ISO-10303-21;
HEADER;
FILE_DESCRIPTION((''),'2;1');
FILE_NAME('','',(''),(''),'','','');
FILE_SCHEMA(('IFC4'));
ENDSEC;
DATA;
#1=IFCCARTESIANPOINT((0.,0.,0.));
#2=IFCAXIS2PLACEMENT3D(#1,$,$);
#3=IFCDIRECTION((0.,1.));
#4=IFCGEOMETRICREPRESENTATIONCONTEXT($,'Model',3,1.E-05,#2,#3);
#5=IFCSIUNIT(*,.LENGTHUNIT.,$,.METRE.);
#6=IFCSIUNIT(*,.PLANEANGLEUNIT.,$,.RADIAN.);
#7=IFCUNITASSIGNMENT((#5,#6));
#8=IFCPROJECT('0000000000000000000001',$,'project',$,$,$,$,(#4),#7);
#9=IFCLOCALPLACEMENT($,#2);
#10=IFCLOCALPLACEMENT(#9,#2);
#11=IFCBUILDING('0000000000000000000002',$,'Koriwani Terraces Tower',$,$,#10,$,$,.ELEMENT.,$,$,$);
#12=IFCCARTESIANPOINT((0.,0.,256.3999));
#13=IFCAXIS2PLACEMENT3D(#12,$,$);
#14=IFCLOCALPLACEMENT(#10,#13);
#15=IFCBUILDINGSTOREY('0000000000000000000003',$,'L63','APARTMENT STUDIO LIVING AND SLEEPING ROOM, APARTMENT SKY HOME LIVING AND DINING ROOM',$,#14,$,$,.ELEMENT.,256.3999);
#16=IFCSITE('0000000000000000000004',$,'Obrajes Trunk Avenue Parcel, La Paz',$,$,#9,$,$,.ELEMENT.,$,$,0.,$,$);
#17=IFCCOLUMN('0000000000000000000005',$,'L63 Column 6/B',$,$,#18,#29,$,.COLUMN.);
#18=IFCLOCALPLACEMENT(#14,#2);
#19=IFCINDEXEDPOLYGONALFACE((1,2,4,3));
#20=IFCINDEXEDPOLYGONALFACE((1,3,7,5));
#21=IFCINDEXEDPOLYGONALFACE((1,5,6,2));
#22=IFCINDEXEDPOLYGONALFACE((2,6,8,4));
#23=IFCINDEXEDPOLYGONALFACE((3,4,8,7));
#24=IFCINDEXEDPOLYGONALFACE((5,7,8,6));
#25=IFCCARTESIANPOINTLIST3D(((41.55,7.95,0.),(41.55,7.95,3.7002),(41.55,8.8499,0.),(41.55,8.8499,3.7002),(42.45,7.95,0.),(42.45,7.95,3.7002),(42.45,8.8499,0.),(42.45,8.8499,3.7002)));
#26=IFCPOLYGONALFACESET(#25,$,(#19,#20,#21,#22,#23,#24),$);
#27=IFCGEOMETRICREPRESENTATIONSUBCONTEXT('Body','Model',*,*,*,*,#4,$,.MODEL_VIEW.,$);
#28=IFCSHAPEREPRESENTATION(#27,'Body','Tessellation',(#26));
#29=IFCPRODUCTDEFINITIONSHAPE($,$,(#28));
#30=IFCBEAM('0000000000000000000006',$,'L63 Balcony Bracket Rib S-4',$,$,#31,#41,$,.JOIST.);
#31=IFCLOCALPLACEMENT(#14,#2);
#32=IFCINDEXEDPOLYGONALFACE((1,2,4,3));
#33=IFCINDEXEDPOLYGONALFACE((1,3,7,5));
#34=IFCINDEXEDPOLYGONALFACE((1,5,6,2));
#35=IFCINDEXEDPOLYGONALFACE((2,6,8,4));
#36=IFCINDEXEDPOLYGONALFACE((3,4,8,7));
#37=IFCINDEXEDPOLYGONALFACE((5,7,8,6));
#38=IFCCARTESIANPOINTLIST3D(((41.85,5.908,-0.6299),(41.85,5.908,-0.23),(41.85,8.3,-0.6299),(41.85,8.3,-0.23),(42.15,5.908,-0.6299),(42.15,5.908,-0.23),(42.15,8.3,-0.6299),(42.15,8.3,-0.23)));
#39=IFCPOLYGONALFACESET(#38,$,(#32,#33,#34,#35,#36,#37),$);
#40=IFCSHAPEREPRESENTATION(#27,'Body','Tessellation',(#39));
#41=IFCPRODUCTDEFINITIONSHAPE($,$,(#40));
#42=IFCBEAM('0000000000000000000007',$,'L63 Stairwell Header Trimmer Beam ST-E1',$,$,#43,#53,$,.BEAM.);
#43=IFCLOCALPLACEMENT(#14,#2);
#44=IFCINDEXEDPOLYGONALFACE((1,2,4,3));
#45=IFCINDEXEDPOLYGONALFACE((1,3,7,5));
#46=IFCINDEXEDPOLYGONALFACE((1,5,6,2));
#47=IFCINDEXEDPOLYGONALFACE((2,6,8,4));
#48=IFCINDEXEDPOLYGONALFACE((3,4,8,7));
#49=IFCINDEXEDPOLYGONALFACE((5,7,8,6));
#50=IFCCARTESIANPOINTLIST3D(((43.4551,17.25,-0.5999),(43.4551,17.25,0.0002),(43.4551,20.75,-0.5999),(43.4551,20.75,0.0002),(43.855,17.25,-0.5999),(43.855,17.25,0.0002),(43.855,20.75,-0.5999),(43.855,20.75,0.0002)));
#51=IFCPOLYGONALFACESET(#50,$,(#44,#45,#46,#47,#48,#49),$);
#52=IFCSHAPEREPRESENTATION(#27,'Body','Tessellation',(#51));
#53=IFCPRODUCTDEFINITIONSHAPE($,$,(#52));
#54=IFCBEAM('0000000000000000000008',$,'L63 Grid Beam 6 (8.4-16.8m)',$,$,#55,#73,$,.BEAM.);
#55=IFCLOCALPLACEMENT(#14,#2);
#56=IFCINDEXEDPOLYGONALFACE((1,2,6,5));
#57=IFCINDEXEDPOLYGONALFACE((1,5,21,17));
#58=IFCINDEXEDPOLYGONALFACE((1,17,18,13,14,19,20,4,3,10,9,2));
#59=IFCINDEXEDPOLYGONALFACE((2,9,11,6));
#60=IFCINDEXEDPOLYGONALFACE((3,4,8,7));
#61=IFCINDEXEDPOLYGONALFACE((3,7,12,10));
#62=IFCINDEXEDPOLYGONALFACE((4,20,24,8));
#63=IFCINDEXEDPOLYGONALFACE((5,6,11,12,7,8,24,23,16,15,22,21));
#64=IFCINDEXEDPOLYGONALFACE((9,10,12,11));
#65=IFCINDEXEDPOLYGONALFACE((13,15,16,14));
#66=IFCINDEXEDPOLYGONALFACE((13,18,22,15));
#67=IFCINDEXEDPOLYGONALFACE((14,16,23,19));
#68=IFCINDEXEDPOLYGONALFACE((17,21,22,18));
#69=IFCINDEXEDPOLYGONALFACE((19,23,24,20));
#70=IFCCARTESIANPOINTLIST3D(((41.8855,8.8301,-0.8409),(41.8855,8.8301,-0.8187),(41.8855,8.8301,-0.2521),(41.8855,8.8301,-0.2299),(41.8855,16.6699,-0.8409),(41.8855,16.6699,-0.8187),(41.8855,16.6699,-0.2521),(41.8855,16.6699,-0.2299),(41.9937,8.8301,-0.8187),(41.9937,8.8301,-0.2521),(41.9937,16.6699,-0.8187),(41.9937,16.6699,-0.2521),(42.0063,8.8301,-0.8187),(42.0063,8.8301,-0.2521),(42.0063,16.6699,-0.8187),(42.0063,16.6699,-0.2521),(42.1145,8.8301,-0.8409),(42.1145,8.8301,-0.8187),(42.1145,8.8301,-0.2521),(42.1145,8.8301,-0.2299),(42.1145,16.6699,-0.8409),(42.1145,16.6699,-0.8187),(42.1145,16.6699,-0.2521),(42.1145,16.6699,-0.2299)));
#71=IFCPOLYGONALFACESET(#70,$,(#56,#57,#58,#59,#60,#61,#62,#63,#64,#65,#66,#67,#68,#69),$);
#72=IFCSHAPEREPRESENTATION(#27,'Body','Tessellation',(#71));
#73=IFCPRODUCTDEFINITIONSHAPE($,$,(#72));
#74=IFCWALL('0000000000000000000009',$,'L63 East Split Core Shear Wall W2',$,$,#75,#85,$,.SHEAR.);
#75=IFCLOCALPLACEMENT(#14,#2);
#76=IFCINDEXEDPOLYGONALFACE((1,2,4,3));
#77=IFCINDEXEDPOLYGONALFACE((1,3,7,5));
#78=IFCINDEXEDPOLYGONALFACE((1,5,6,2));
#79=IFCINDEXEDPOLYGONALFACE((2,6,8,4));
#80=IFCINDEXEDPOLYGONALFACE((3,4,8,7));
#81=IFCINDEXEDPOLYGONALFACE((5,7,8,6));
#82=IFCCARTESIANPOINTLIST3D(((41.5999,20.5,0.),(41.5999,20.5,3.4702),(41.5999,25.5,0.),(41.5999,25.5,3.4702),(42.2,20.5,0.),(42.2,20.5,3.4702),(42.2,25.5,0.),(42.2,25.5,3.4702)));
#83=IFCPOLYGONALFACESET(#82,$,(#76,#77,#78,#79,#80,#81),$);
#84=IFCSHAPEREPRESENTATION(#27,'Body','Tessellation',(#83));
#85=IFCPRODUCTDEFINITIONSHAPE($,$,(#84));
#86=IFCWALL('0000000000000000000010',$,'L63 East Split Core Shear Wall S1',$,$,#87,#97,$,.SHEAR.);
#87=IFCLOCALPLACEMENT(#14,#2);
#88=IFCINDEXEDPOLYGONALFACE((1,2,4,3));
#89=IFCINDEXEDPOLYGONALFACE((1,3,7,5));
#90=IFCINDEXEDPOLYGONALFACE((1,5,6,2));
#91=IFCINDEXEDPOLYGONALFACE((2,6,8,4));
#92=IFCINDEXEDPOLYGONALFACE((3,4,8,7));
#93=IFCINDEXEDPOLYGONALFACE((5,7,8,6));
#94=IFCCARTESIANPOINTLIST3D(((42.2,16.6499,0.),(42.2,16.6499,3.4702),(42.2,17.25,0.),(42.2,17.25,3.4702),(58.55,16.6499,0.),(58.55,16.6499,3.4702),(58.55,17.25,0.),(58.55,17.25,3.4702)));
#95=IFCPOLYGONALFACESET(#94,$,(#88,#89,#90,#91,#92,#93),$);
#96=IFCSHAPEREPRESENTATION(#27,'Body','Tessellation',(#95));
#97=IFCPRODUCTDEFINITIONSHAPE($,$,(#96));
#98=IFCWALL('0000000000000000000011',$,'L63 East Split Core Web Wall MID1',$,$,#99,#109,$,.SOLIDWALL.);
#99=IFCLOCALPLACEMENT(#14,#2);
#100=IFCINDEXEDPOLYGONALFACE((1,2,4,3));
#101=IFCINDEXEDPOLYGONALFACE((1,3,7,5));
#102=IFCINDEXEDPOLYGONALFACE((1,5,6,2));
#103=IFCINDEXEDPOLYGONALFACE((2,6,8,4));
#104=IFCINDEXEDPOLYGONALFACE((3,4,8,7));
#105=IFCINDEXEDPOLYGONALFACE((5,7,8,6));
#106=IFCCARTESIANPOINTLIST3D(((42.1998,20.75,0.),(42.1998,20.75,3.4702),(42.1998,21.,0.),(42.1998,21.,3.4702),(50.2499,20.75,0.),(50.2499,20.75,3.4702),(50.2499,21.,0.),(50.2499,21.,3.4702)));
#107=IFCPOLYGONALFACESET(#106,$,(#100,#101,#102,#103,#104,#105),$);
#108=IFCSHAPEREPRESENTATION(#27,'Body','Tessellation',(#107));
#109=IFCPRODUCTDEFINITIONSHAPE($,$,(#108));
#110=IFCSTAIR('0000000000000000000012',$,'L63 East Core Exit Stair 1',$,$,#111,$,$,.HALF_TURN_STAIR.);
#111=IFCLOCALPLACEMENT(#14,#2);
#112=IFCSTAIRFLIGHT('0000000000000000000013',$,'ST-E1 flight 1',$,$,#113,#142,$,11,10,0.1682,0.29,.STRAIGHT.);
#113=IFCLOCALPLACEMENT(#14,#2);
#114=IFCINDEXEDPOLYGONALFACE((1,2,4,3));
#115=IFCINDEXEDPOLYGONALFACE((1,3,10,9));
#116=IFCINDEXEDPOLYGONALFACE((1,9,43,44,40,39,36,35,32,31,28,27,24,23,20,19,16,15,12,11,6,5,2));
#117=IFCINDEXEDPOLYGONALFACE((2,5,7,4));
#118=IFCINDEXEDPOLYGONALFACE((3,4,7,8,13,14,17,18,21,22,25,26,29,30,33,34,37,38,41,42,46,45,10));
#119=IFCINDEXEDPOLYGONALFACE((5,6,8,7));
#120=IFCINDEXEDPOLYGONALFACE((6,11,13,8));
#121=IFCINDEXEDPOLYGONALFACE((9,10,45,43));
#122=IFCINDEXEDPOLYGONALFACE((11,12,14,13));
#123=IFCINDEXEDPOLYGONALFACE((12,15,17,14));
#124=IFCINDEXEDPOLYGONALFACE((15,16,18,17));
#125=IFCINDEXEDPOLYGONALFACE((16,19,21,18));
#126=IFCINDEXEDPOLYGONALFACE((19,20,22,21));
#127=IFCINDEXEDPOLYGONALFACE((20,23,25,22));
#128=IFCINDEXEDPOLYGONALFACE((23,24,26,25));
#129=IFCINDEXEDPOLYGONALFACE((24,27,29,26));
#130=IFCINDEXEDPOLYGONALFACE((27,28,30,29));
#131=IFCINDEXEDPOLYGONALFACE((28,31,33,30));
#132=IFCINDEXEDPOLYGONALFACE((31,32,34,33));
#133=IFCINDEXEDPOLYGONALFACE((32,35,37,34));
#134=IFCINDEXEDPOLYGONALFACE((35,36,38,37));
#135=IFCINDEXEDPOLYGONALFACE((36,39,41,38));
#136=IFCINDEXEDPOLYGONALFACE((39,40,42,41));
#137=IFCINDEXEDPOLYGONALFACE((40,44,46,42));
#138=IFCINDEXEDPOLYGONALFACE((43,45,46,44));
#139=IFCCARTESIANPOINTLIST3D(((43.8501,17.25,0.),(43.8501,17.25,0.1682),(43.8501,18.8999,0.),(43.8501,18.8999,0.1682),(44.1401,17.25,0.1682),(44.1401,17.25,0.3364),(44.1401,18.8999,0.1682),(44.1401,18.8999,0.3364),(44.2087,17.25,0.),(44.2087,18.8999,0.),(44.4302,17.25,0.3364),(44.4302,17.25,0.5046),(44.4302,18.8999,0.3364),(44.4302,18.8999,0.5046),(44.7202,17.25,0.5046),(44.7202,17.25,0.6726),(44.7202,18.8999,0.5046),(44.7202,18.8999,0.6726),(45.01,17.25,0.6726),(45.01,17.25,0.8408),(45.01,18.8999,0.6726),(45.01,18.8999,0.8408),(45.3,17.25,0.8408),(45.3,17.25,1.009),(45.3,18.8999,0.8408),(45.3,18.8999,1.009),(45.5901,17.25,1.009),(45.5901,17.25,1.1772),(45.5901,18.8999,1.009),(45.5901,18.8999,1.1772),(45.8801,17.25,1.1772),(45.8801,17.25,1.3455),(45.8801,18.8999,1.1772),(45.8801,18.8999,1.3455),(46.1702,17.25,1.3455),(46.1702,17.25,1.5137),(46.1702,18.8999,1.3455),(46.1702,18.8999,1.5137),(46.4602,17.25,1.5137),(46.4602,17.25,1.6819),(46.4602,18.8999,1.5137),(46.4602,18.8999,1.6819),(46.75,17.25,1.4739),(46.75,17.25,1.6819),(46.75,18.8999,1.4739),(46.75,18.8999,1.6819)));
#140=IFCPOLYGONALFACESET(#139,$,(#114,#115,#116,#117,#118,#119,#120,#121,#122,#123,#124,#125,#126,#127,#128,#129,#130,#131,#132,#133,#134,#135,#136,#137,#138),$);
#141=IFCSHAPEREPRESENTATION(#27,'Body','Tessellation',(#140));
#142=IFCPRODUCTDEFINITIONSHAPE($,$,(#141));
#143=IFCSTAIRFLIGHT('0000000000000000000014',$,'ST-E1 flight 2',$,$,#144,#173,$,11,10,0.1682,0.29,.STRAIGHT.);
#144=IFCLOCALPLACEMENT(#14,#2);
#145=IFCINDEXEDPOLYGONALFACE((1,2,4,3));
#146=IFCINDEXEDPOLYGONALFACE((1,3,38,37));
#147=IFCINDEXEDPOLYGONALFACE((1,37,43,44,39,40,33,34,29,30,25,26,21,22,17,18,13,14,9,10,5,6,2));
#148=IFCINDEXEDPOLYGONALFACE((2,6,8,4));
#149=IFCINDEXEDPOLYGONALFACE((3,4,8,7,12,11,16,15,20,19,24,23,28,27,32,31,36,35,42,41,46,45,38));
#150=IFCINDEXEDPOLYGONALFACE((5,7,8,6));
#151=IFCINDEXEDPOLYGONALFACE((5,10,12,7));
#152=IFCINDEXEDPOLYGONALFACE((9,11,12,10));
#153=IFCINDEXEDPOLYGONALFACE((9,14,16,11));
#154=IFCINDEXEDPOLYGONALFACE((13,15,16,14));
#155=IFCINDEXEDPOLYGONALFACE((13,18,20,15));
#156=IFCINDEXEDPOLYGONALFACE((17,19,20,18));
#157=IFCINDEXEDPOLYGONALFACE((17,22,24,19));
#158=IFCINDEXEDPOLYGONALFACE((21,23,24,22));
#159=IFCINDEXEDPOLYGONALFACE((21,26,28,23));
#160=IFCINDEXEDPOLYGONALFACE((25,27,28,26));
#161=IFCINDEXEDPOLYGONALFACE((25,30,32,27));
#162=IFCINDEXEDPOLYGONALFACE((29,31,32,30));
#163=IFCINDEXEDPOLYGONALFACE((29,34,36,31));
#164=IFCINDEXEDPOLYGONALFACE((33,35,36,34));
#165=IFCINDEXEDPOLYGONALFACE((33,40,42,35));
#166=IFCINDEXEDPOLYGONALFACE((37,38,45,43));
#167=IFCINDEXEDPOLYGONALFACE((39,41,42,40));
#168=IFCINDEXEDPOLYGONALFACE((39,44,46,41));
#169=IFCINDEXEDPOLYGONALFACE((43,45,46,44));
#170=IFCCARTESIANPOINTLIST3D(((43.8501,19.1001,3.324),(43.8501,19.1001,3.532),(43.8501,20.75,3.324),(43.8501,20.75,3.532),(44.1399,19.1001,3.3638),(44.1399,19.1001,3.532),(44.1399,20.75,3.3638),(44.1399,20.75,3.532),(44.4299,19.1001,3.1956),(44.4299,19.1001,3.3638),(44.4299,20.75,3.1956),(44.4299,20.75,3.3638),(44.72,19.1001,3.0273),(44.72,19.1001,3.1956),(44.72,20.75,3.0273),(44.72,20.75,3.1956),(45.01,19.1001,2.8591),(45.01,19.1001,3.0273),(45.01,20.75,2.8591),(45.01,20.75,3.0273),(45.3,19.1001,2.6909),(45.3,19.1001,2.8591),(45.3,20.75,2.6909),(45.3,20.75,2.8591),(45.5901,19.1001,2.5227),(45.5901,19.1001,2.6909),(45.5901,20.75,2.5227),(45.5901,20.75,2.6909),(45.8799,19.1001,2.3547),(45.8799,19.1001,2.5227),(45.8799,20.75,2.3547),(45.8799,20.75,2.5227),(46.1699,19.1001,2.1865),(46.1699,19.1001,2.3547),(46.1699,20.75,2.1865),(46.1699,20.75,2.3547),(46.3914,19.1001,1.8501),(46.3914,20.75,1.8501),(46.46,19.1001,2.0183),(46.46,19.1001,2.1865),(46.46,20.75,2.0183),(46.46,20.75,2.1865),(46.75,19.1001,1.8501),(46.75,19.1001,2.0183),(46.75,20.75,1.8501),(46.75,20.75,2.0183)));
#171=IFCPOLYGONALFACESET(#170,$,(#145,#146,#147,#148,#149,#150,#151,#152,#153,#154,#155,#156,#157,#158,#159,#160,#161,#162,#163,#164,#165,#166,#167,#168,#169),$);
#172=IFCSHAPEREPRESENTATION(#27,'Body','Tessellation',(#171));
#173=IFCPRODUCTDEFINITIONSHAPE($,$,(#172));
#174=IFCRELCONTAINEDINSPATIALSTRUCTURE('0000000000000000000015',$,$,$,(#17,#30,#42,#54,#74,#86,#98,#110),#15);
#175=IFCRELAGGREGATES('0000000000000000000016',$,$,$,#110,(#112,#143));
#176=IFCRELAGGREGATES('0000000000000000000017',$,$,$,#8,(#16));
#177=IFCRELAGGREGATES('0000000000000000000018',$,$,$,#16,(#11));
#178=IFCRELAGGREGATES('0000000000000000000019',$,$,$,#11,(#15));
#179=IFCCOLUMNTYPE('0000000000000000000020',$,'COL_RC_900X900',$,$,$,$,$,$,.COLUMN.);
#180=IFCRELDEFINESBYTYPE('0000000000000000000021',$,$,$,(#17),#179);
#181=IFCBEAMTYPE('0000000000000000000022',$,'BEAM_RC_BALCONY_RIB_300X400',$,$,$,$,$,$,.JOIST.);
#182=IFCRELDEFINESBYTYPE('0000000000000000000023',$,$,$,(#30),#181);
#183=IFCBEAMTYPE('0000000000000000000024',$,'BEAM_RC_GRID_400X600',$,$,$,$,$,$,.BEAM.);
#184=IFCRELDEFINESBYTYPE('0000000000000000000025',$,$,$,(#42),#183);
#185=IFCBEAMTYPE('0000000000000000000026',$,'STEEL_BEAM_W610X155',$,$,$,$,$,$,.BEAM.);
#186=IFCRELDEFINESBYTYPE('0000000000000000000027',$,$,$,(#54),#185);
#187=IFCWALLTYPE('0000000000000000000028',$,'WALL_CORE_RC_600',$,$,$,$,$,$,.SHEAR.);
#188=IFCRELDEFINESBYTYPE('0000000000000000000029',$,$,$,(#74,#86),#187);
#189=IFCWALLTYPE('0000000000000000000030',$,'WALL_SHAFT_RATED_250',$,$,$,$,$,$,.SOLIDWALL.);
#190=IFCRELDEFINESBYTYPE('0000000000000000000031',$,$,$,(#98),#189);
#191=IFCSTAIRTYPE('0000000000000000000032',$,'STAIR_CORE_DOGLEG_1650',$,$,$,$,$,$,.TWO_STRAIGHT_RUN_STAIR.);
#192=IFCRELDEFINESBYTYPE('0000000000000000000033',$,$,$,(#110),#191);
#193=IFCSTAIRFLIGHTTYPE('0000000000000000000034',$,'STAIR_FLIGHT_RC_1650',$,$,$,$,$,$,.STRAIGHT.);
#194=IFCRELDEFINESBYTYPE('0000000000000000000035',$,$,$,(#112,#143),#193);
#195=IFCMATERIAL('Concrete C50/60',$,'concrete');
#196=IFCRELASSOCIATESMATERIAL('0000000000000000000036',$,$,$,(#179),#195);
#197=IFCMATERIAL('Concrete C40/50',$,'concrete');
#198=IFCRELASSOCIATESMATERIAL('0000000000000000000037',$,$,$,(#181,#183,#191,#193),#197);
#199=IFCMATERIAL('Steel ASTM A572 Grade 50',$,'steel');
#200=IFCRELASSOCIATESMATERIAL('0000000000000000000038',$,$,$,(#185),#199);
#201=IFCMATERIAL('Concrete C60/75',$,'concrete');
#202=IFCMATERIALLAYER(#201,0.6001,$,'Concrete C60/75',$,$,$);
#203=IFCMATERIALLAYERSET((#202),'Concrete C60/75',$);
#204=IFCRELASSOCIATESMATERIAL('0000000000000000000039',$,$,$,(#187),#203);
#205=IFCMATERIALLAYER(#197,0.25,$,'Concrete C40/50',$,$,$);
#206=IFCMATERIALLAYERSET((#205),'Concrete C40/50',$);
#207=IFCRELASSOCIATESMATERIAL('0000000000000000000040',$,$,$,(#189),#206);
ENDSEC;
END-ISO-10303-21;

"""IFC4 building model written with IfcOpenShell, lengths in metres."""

from ifc_helpers import new_model, si_unit, direction, frame, frame_2d, origin, origin_2d, place, context, subcontext, project, spatial, polyline, rectangle, i_section, outline, extrude, material, layer, layer_set, material_profile, profile_set, type_object, element, aggregate, save


model = new_model("IFC4")

# Units and contexts
model_context = context("Model", 3, precision=1e-05, world=origin(), true_north=direction((0.0, 1.0)))
body_context = subcontext(model_context, "Body", "Model", "MODEL_VIEW")
ifc_project = project(units=[si_unit("LENGTHUNIT", "METRE"), si_unit("PLANEANGLEUNIT", "RADIAN")], contexts=[model_context])

# Site, building, storey
site_placement = place(None, origin())
site = spatial("IfcSite", under=ifc_project, at=site_placement, Name="Obrajes Trunk Avenue Parcel, La Paz", CompositionType="ELEMENT", RefElevation=0.0)
building_placement = place(site_placement, origin())
building = spatial("IfcBuilding", under=site, at=building_placement, Name="Koriwani Terraces Tower", CompositionType="ELEMENT")
storey_placement = place(building_placement, frame((0.0, 0.0, 256.3999)))
storey = spatial("IfcBuildingStorey", under=building, at=storey_placement, Name="L63", Description="APARTMENT STUDIO LIVING AND SLEEPING ROOM, APARTMENT SKY HOME LIVING AND DINING ROOM", CompositionType="ELEMENT", Elevation=256.3999)

# Column
ifc_material_1 = material(Name="Concrete C50/60", Category="concrete")
ifc_material_profile_1 = material_profile(ifc_material_1, rectangle(XDim=0.8999, YDim=0.8999, at=origin_2d()), Name="Concrete C50/60", Category="LoadBearing")
ifc_profile_set_1 = profile_set([ifc_material_profile_1], Name="Concrete C50/60")
column_type = type_object("IfcColumnType", Name="COL_RC_900X900", PredefinedType="COLUMN", material=ifc_profile_set_1)
column_placement = place(storey_placement, frame((42.0, 8.3999, 0.0), z_axis=(0.0, 0.0, 1.0), x_axis=(1.0, 0.0, 0.0)))
element("IfcColumn", 1, at=column_placement, inside=storey, type_object=column_type, Name="L63 Column 6/B", PredefinedType="COLUMN", context=body_context, shape_type="SweptSolid", body=[
    extrude(rectangle(XDim=0.8999, YDim=0.8999, at=origin_2d()), origin(), (0.0, 0.0, 1.0), 3.7002),
])

# Beams
ifc_material_2 = material(Name="Concrete C40/50", Category="concrete")
ifc_material_profile_2 = material_profile(ifc_material_2, rectangle(XDim=0.3, YDim=0.3999, at=origin_2d()), Name="Concrete C40/50", Category="LoadBearing")
ifc_profile_set_2 = profile_set([ifc_material_profile_2], Name="Concrete C40/50")
beam_type_1 = type_object("IfcBeamType", Name="BEAM_RC_BALCONY_RIB_300X400", PredefinedType="JOIST", material=ifc_profile_set_2)
beam_1_placement = place(storey_placement, frame((42.0, 5.908, -0.4299), z_axis=(0.0, 1.0, 0.0), x_axis=(-1.0, 0.0, 0.0)))
element("IfcBeam", 2, at=beam_1_placement, inside=storey, type_object=beam_type_1, Name="L63 Balcony Bracket Rib S-4", PredefinedType="JOIST", context=body_context, shape_type="SweptSolid", body=[
    extrude(rectangle(XDim=0.3, YDim=0.3999, at=origin_2d()), origin(), (0.0, 0.0, 1.0), 2.3921),
])
ifc_material_profile_3 = material_profile(ifc_material_2, rectangle(XDim=0.3999, YDim=0.6001, at=origin_2d()), Name="Concrete C40/50", Category="LoadBearing")
ifc_profile_set_3 = profile_set([ifc_material_profile_3], Name="Concrete C40/50")
beam_type_2 = type_object("IfcBeamType", Name="BEAM_RC_GRID_400X600", PredefinedType="BEAM", material=ifc_profile_set_3)
beam_2_placement = place(storey_placement, frame((43.655, 17.25, -0.2998), z_axis=(0.0, 1.0, 0.0), x_axis=(-1.0, 0.0, 0.0)))
element("IfcBeam", 3, at=beam_2_placement, inside=storey, type_object=beam_type_2, Name="L63 Stairwell Header Trimmer Beam ST-E1", PredefinedType="BEAM", context=body_context, shape_type="SweptSolid", body=[
    extrude(rectangle(XDim=0.3999, YDim=0.6001, at=origin_2d()), origin(), (0.0, 0.0, 1.0), 3.5),
])
ifc_material_3 = material(Name="Steel ASTM A572 Grade 50", Category="steel")
ifc_material_profile_4 = material_profile(ifc_material_3, i_section(OverallWidth=0.229, OverallDepth=0.6111, WebThickness=0.0127, FlangeThickness=0.0222, at=origin_2d()), Name="Steel ASTM A572 Grade 50", Category="LoadBearing")
ifc_profile_set_4 = profile_set([ifc_material_profile_4], Name="Steel ASTM A572 Grade 50")
beam_type_3 = type_object("IfcBeamType", Name="STEEL_BEAM_W610X155", PredefinedType="BEAM", material=ifc_profile_set_4)
beam_3_placement = place(storey_placement, frame((42.0, 8.8301, -0.5354), z_axis=(0.0, 1.0, 0.0), x_axis=(-1.0, 0.0, 0.0)))
element("IfcBeam", 4, at=beam_3_placement, inside=storey, type_object=beam_type_3, Name="L63 Grid Beam 6 (8.4-16.8m)", PredefinedType="BEAM", context=body_context, shape_type="SweptSolid", body=[
    extrude(i_section(OverallWidth=0.229, OverallDepth=0.6111, WebThickness=0.0127, FlangeThickness=0.0222, at=origin_2d()), origin(), (0.0, 0.0, 1.0), 7.8398),
])

# Walls
ifc_material_4 = material(Name="Concrete C60/75", Category="concrete")
ifc_layer_1 = layer(ifc_material_4, 0.6001, Name="Concrete C60/75")
ifc_layer_set_1 = layer_set([ifc_layer_1], Name="Concrete C60/75")
wall_type_1 = type_object("IfcWallType", Name="WALL_CORE_RC_600", PredefinedType="SHEAR", material=ifc_layer_set_1)
wall_1_placement = place(storey_placement, frame((41.8999, 20.5, 0.0), z_axis=(0.0, 0.0, 1.0), x_axis=(0.0, 1.0, 0.0)))
element("IfcWall", 5, at=wall_1_placement, inside=storey, type_object=wall_type_1, Name="L63 East Split Core Shear Wall W2", PredefinedType="SHEAR", context=body_context, shape_type="SweptSolid", body=[
    extrude(rectangle(XDim=5.0, YDim=0.6001, at=frame_2d((2.5, 0.0))), origin(), (0.0, 0.0, 1.0), 3.4702),
])
wall_2_placement = place(storey_placement, frame((42.2, 16.95, 0.0), z_axis=(0.0, 0.0, 1.0), x_axis=(1.0, 0.0, 0.0)))
element("IfcWall", 6, at=wall_2_placement, inside=storey, type_object=wall_type_1, Name="L63 East Split Core Shear Wall S1", PredefinedType="SHEAR", context=body_context, shape_type="SweptSolid", body=[
    extrude(rectangle(XDim=16.3501, YDim=0.6001, at=frame_2d((8.175, 0.0))), origin(), (0.0, 0.0, 1.0), 3.4702),
])
ifc_layer_2 = layer(ifc_material_2, 0.25, Name="Concrete C40/50")
ifc_layer_set_2 = layer_set([ifc_layer_2], Name="Concrete C40/50")
wall_type_2 = type_object("IfcWallType", Name="WALL_SHAFT_RATED_250", PredefinedType="SOLIDWALL", material=ifc_layer_set_2)
wall_3_placement = place(storey_placement, frame((42.2, 20.875, 0.0), z_axis=(0.0, 0.0, 1.0), x_axis=(1.0, 0.0, 0.0)))
element("IfcWall", 7, at=wall_3_placement, inside=storey, type_object=wall_type_2, Name="L63 East Split Core Web Wall MID1", PredefinedType="SOLIDWALL", context=body_context, shape_type="SweptSolid", body=[
    extrude(rectangle(XDim=8.05, YDim=0.25, at=frame_2d((4.0249, 0.0))), origin(), (0.0, 0.0, 1.0), 3.4702),
])

# Stair, stair flights
stair_type = type_object("IfcStairType", Name="STAIR_CORE_DOGLEG_1650", PredefinedType="TWO_STRAIGHT_RUN_STAIR", material=ifc_material_2)
stair_placement = place(storey_placement, origin())
stair = element("IfcStair", 8, at=stair_placement, inside=storey, type_object=stair_type, Name="L63 East Core Exit Stair 1", PredefinedType="HALF_TURN_STAIR")
stair_flight_type = type_object("IfcStairFlightType", Name="STAIR_FLIGHT_RC_1650", PredefinedType="STRAIGHT", material=ifc_material_2)
stair_flight_1_placement = place(storey_placement, frame((43.8501, 18.075, 0.0), z_axis=(0.0, 0.0, 1.0), x_axis=(1.0, 0.0, 0.0)))
stair_flight_1 = element("IfcStairFlight", 9, at=stair_flight_1_placement, type_object=stair_flight_type, Name="ST-E1 flight 1", NumberOfRisers=11, NumberOfTreads=10, PredefinedType="STRAIGHT", RiserHeight=0.1682, TreadLength=0.29, context=body_context, shape_type="SweptSolid", body=[
    extrude(outline(polyline([(0.0, 0.0), (0.0, 0.1682), (0.29, 0.1682), (0.29, 0.3364), (0.5801, 0.3364), (0.5801, 0.5046), (0.8701, 0.5046), (0.8701, 0.6726), (1.1599, 0.6726), (1.1599, 0.8408), (1.45, 0.8408), (1.45, 1.009), (1.74, 1.009), (1.74, 1.1772), (2.03, 1.1772), (2.03, 1.3455), (2.3201, 1.3455), (2.3201, 1.5137), (2.6101, 1.5137), (2.6101, 1.6819), (2.8999, 1.6819), (2.8999, 1.8501), (2.8999, 1.4739), (0.3586, 0.0), (0.0, 0.0)])), frame((0.0, 0.825, 0.0), z_axis=(0.0, -1.0, 0.0), x_axis=(1.0, 0.0, 0.0)), (0.0, 0.0, 1.0), 1.6499),
])
stair_flight_2_placement = place(storey_placement, frame((46.75, 19.925, 1.8501), z_axis=(0.0, 0.0, 1.0), x_axis=(-1.0, 0.0, 0.0)))
stair_flight_2 = element("IfcStairFlight", 10, at=stair_flight_2_placement, type_object=stair_flight_type, Name="ST-E1 flight 2", NumberOfRisers=11, NumberOfTreads=10, PredefinedType="STRAIGHT", RiserHeight=0.1682, TreadLength=0.29, context=body_context, shape_type="SweptSolid", body=[
    extrude(outline(polyline([(0.0, 0.0), (0.0, 0.1682), (0.29, 0.1682), (0.29, 0.3364), (0.5801, 0.3364), (0.5801, 0.5046), (0.8701, 0.5046), (0.8701, 0.6726), (1.1599, 0.6726), (1.1599, 0.8408), (1.45, 0.8408), (1.45, 1.009), (1.74, 1.009), (1.74, 1.1772), (2.03, 1.1772), (2.03, 1.3455), (2.3201, 1.3455), (2.3201, 1.5137), (2.6101, 1.5137), (2.6101, 1.6819), (2.8999, 1.6819), (2.8999, 1.8501), (2.8999, 1.4739), (0.3586, 0.0), (0.0, 0.0)])), frame((0.0, 0.825, 0.0), z_axis=(0.0, -1.0, 0.0), x_axis=(1.0, 0.0, 0.0)), (0.0, 0.0, 1.0), 1.6499),
])
aggregate(stair, [stair_flight_1, stair_flight_2])

save(model, "model.ifc")
